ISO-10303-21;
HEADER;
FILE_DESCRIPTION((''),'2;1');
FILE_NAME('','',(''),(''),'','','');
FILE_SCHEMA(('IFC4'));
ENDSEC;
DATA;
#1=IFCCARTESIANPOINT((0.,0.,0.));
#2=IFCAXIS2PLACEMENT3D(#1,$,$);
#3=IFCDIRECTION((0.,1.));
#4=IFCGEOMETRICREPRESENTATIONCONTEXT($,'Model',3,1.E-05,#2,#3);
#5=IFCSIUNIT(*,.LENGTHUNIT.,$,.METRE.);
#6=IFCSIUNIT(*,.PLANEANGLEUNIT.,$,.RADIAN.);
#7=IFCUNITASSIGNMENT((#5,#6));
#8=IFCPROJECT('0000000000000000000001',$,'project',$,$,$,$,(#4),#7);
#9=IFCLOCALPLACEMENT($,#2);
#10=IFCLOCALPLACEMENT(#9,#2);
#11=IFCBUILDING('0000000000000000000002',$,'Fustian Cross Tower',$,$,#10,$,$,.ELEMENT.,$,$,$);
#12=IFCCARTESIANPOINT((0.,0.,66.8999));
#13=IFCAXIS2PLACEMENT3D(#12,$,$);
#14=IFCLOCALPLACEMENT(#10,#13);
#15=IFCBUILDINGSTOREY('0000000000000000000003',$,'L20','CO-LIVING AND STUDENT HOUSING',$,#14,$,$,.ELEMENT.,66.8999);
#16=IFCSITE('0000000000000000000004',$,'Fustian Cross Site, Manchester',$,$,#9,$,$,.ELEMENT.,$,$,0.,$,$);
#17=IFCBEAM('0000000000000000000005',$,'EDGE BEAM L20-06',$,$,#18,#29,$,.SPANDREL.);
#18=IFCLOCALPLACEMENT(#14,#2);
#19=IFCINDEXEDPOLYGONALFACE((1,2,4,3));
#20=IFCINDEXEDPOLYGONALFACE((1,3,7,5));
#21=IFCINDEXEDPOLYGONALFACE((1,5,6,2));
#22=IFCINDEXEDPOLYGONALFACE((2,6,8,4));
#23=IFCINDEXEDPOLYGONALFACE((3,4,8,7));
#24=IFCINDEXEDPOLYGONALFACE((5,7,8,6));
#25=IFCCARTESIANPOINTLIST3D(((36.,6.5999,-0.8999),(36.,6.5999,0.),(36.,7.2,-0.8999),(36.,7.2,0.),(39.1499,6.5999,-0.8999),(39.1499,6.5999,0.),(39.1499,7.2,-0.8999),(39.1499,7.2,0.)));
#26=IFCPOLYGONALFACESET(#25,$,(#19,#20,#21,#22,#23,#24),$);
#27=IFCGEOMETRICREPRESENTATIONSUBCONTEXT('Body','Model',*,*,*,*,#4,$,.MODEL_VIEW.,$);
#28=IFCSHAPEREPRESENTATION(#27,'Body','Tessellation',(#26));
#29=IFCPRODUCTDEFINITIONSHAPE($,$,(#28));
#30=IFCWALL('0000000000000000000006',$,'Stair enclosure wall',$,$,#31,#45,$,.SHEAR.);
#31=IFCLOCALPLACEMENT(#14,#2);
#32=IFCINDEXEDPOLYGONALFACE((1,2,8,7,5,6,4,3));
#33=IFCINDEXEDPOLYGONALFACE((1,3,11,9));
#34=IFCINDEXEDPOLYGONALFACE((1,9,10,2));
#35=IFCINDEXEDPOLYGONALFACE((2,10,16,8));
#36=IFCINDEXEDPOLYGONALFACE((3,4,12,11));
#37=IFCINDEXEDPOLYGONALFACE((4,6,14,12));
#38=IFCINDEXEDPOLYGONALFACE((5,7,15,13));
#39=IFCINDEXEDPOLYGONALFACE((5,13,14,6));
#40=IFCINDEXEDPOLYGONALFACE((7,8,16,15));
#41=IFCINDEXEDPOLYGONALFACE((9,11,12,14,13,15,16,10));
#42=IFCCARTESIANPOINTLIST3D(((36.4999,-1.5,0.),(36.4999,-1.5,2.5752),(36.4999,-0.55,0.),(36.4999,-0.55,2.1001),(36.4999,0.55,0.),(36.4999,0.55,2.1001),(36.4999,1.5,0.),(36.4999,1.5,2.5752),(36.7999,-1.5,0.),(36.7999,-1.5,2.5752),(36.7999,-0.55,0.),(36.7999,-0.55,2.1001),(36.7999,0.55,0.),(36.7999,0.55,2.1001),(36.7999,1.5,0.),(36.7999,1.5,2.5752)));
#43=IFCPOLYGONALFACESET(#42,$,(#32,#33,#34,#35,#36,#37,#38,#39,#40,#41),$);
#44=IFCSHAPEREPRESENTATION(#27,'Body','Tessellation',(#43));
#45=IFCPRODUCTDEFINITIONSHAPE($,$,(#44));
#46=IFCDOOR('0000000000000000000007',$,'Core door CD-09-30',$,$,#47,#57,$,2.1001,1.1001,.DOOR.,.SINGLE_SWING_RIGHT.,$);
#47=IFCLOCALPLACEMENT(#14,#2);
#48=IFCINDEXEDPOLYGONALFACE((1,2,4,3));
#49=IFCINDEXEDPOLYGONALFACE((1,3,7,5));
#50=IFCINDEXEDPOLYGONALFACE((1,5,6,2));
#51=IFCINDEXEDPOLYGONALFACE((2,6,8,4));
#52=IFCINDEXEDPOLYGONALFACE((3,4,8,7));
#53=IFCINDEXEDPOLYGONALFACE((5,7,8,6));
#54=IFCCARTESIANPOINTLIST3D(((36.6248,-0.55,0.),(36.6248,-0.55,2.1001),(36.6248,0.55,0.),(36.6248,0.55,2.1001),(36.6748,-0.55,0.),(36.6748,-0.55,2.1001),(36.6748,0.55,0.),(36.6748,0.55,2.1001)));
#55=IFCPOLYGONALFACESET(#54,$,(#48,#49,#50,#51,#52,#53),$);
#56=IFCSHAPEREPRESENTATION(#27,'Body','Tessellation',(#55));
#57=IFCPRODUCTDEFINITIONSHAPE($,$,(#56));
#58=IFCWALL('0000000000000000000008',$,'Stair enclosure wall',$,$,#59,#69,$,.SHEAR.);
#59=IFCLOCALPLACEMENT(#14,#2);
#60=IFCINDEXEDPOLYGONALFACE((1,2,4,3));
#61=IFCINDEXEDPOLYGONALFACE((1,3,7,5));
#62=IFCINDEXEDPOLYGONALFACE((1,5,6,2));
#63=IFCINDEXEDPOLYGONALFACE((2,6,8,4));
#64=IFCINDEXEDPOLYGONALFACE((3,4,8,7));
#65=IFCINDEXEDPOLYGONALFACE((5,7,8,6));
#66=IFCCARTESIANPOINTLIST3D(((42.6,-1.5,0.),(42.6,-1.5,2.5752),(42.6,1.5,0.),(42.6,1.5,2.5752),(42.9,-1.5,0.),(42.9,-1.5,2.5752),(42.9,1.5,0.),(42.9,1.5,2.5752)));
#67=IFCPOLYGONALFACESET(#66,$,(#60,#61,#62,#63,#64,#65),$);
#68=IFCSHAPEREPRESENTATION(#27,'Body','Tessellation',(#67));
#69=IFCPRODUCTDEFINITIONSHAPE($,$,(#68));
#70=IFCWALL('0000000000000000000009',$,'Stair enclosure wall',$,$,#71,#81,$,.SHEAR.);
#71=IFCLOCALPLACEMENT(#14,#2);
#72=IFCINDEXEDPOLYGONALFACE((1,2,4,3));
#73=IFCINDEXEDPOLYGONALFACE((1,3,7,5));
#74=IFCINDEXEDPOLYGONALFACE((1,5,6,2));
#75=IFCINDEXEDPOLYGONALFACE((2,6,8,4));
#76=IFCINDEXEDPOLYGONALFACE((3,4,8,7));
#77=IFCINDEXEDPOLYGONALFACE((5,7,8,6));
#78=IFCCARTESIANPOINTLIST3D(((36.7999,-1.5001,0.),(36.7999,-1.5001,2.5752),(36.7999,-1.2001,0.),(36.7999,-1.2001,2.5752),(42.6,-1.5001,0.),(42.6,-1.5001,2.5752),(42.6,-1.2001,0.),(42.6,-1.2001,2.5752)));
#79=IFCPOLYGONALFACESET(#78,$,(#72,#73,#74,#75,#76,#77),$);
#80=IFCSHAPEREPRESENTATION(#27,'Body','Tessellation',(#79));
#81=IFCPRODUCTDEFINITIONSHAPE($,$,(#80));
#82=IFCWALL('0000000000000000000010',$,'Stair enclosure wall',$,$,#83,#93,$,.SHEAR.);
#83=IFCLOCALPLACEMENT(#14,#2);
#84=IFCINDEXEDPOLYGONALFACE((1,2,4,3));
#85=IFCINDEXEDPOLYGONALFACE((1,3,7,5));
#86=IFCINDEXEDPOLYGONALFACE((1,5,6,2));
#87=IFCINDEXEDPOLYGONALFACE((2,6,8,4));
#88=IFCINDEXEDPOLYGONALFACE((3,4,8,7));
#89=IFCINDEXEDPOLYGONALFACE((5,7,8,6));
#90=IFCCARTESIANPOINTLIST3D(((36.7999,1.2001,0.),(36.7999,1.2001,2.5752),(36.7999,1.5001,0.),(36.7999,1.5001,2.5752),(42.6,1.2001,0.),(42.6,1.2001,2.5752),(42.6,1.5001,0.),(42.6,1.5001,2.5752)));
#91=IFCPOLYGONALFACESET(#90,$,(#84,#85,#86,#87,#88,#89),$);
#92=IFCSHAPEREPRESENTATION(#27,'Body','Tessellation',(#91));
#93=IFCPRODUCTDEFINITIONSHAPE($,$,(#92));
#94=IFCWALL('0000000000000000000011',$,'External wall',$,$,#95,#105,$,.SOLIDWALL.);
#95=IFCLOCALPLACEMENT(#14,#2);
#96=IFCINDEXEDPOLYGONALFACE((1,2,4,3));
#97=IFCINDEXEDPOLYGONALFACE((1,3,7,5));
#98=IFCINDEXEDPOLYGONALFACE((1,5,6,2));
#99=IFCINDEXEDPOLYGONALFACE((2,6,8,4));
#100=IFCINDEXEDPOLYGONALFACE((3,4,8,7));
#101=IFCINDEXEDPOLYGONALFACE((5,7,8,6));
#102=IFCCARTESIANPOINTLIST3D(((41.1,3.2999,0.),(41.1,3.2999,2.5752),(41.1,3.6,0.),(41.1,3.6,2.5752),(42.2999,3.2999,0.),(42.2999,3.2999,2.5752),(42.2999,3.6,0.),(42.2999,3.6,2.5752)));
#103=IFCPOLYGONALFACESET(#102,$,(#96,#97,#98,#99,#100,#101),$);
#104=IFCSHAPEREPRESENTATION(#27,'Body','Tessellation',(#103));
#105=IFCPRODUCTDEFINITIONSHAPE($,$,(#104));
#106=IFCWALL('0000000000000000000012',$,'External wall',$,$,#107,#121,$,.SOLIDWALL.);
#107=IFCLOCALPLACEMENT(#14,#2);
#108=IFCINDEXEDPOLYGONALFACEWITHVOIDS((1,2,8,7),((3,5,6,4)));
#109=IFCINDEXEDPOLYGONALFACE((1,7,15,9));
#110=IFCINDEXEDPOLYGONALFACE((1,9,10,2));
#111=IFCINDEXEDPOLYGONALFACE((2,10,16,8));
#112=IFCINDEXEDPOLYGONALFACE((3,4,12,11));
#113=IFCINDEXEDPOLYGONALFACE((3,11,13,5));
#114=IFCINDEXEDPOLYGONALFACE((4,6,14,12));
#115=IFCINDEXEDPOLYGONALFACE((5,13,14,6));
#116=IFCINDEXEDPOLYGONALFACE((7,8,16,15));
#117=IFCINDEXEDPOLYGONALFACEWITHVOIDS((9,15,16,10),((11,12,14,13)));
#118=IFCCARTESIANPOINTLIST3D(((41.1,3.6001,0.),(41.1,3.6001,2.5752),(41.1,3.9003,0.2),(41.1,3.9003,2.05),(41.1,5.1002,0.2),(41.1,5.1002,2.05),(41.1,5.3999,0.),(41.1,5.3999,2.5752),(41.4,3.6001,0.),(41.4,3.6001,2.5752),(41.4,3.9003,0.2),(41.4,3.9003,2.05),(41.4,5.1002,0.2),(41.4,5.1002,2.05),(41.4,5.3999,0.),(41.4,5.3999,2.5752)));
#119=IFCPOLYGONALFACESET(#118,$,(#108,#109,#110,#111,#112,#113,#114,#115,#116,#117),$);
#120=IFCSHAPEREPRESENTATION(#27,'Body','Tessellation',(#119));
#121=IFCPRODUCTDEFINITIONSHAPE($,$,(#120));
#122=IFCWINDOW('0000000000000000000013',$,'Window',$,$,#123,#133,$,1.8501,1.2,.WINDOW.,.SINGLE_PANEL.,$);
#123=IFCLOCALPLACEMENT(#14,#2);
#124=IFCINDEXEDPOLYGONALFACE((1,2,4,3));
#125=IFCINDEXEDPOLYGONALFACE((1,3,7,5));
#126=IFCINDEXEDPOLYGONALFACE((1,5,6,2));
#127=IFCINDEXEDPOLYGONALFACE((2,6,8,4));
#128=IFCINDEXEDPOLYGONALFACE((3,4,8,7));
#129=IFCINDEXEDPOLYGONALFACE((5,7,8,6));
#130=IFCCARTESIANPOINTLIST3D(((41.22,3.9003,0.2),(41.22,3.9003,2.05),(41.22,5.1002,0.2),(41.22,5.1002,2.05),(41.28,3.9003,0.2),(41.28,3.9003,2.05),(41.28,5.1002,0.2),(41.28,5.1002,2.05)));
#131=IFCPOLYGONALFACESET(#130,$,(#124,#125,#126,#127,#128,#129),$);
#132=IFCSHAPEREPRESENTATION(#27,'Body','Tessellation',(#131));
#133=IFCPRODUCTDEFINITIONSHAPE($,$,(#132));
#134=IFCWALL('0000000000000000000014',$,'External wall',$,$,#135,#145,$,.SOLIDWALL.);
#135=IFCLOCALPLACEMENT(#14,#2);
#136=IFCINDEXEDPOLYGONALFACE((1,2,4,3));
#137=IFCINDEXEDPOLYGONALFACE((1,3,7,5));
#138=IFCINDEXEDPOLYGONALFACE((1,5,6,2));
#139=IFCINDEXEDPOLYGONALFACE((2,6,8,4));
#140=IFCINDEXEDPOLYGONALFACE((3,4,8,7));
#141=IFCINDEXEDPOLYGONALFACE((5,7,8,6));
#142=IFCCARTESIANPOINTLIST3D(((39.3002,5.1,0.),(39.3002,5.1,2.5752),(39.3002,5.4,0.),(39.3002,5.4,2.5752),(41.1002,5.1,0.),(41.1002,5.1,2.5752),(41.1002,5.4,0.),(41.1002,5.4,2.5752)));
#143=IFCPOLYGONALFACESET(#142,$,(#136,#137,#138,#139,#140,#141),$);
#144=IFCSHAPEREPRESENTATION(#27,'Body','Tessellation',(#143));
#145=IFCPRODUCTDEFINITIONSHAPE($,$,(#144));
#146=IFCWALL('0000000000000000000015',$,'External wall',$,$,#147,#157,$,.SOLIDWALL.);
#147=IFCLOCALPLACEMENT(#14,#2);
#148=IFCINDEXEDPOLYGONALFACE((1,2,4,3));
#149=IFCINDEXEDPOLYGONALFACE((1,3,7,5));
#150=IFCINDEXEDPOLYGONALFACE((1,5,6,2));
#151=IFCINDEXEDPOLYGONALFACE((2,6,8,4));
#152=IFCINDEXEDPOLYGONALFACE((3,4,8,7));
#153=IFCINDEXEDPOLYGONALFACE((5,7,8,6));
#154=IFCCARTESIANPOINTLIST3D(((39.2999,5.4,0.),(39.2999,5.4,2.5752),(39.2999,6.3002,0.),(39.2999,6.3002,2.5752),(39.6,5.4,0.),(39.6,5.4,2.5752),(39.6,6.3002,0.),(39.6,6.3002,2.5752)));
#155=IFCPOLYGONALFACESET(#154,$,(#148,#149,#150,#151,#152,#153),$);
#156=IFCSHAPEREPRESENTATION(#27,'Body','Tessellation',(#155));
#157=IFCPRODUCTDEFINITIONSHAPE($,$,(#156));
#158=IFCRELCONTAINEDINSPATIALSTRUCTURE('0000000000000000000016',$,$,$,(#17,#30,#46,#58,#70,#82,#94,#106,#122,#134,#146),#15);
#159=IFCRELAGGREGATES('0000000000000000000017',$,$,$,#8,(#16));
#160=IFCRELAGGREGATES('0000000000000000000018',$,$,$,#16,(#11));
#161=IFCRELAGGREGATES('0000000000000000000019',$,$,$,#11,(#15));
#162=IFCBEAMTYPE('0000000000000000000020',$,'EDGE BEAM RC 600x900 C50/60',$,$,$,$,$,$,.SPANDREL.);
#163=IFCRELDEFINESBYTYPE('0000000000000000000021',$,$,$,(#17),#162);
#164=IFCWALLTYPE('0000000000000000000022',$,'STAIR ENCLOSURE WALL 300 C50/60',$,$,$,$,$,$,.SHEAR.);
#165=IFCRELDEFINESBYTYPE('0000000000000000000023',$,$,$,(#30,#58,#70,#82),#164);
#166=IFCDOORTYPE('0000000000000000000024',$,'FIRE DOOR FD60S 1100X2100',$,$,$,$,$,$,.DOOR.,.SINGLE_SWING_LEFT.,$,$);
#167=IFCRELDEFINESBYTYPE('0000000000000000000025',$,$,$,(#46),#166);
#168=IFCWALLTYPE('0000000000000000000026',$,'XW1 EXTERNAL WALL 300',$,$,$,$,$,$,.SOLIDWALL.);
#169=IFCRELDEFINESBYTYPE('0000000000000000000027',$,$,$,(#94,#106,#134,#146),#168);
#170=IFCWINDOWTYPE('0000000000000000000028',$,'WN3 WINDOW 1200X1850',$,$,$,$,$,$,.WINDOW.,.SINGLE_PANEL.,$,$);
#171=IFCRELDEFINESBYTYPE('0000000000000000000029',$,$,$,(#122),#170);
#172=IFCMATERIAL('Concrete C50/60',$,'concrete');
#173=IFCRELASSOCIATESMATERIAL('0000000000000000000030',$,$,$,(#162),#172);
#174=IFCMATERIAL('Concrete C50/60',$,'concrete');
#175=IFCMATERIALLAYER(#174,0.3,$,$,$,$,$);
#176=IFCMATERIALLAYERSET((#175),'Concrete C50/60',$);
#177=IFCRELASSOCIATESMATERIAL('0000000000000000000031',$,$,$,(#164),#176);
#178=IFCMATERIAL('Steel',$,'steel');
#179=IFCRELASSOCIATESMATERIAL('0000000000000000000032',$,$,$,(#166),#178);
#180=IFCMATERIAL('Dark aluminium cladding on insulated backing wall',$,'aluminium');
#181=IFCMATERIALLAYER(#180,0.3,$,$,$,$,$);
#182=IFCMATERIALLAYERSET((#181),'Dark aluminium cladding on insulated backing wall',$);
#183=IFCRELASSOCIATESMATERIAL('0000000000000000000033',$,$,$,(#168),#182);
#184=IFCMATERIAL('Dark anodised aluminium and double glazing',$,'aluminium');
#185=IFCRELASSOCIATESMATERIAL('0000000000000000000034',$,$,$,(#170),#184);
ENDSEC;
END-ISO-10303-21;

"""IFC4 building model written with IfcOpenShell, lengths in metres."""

from ifc_helpers import new_model, si_unit, direction, frame, frame_2d, origin, origin_2d, place, context, subcontext, project, spatial, rectangle, extrude, material, layer, layer_set, material_profile, profile_set, type_object, element, fill, save


model = new_model("IFC4")

# Units and contexts
model_context = context("Model", 3, precision=1e-05, world=origin(), true_north=direction((0.0, 1.0)))
body_context = subcontext(model_context, "Body", "Model", "MODEL_VIEW")
ifc_project = project(units=[si_unit("LENGTHUNIT", "METRE"), si_unit("PLANEANGLEUNIT", "RADIAN")], contexts=[model_context])

# Site, building, storey
site_placement = place(None, origin())
site = spatial("IfcSite", under=ifc_project, at=site_placement, Name="Fustian Cross Site, Manchester", CompositionType="ELEMENT", RefElevation=0.0)
building_placement = place(site_placement, origin())
building = spatial("IfcBuilding", under=site, at=building_placement, Name="Fustian Cross Tower", CompositionType="ELEMENT")
storey_placement = place(building_placement, frame((0.0, 0.0, 66.8999)))
storey = spatial("IfcBuildingStorey", under=building, at=storey_placement, Name="L20", Description="CO-LIVING AND STUDENT HOUSING", CompositionType="ELEMENT", Elevation=66.8999)

# Beam
ifc_material_1 = material(Name="Concrete C50/60", Category="concrete")
ifc_material_profile_1 = material_profile(ifc_material_1, rectangle(XDim=0.6001, YDim=0.8999, at=origin_2d()), Name="RC 600x900")
ifc_profile_set_1 = profile_set([ifc_material_profile_1], Name="Concrete C50/60")
beam_type = type_object("IfcBeamType", Name="EDGE BEAM RC 600x900 C50/60", PredefinedType="SPANDREL", material=ifc_profile_set_1)
beam_placement = place(storey_placement, frame((39.1499, 6.8999, -0.45), z_axis=(-1.0, 0.0, 0.0), x_axis=(0.0, -1.0, 0.0)))
element("IfcBeam", 1, at=beam_placement, inside=storey, type_object=beam_type, Name="EDGE BEAM L20-06", PredefinedType="SPANDREL", context=body_context, shape_type="SweptSolid", body=[
    extrude(rectangle(XDim=0.6001, YDim=0.8999, at=origin_2d()), origin(), (0.0, 0.0, 1.0), 3.1499),
])

# Wall, opening, door
ifc_material_2 = material(Name="Concrete C50/60", Category="concrete")
ifc_layer_1 = layer(ifc_material_2, 0.3)
ifc_layer_set_1 = layer_set([ifc_layer_1], Name="Concrete C50/60")
wall_type_1 = type_object("IfcWallType", Name="STAIR ENCLOSURE WALL 300 C50/60", PredefinedType="SHEAR", material=ifc_layer_set_1)
wall_1_placement = place(storey_placement, frame((36.6499, -1.5, 0.0), z_axis=(0.0, 0.0, 1.0), x_axis=(0.0, 1.0, 0.0)))
wall_1 = element("IfcWall", 2, at=wall_1_placement, inside=storey, type_object=wall_type_1, Name="Stair enclosure wall", PredefinedType="SHEAR", context=body_context, shape_type="SweptSolid", body=[
    extrude(rectangle(XDim=3.0, YDim=0.3, at=frame_2d((1.5, 0.0))), origin(), (0.0, 0.0, 1.0), 2.5752),
])
opening_1_placement = place(wall_1_placement, frame((0.95, 0.0, 0.0)))
opening_1 = element("IfcOpeningElement", 3, at=opening_1_placement, cuts=wall_1, PredefinedType="OPENING", context=body_context, shape_type="SweptSolid", body=[
    extrude(rectangle(XDim=1.1001, YDim=2.1001, at=frame_2d((0.55, 1.05))), frame((0.0, 0.1599, 0.0), z_axis=(0.0, -1.0, 0.0), x_axis=(1.0, 0.0, 0.0)), (0.0, 0.0, 1.0), 0.3201),
])
ifc_material_3 = material(Name="Steel", Category="steel")
door_type = type_object("IfcDoorType", Name="FIRE DOOR FD60S 1100X2100", OperationType="SINGLE_SWING_LEFT", PredefinedType="DOOR", material=ifc_material_3)
door_placement = place(opening_1_placement, frame((1.1001, 0.0, 0.0), z_axis=(0.0, 0.0, 1.0), x_axis=(-1.0, 0.0, 0.0)))
door = element("IfcDoor", 4, at=door_placement, inside=storey, type_object=door_type, Name="Core door CD-09-30", OperationType="SINGLE_SWING_RIGHT", OverallHeight=2.1001, OverallWidth=1.1001, PredefinedType="DOOR", context=body_context, shape_type="SweptSolid", body=[
    extrude(rectangle(XDim=1.1001, YDim=2.1001, at=frame_2d((0.55, 1.05))), frame((0.0, 0.0249, 0.0), z_axis=(0.0, -1.0, 0.0), x_axis=(1.0, 0.0, 0.0)), (0.0, 0.0, 1.0), 0.05),
])
fill(opening_1, door)

# Walls
wall_2_placement = place(storey_placement, frame((42.75, -1.5, 0.0), z_axis=(0.0, 0.0, 1.0), x_axis=(0.0, 1.0, 0.0)))
element("IfcWall", 5, at=wall_2_placement, inside=storey, type_object=wall_type_1, Name="Stair enclosure wall", PredefinedType="SHEAR", context=body_context, shape_type="SweptSolid", body=[
    extrude(rectangle(XDim=3.0, YDim=0.3, at=frame_2d((1.5, 0.0))), origin(), (0.0, 0.0, 1.0), 2.5752),
])
for number, where, z_axis, x_axis, name in (
    (6, (36.8, -1.3501, 0.0), (0.0, 0.0, 1.0), (1.0, 0.0, 0.0), "Stair enclosure wall"),
    (7, (36.8, 1.3501, 0.0), (0.0, 0.0, 1.0), (1.0, 0.0, 0.0), "Stair enclosure wall"),
):
    element("IfcWall", number, at=place(storey_placement, frame(where, z_axis=z_axis, x_axis=x_axis)), inside=storey, type_object=wall_type_1, Name=name, PredefinedType="SHEAR", context=body_context, shape_type="SweptSolid", body=[
        extrude(rectangle(XDim=5.8, YDim=0.3, at=frame_2d((2.8999, 0.0))), origin(), (0.0, 0.0, 1.0), 2.5752),
    ])
ifc_material_4 = material(Name="Dark aluminium cladding on insulated backing wall", Category="aluminium")
ifc_layer_2 = layer(ifc_material_4, 0.3)
ifc_layer_set_2 = layer_set([ifc_layer_2], Name="Dark aluminium cladding on insulated backing wall")
wall_type_2 = type_object("IfcWallType", Name="XW1 EXTERNAL WALL 300", PredefinedType="SOLIDWALL", material=ifc_layer_set_2)
wall_3_placement = place(storey_placement, frame((42.3, 3.45, 0.0), z_axis=(0.0, 0.0, 1.0), x_axis=(-1.0, 0.0, 0.0)))
element("IfcWall", 8, at=wall_3_placement, inside=storey, type_object=wall_type_2, Name="External wall", PredefinedType="SOLIDWALL", context=body_context, shape_type="SweptSolid", body=[
    extrude(rectangle(XDim=1.2, YDim=0.3, at=frame_2d((0.6001, 0.0))), origin(), (0.0, 0.0, 1.0), 2.5752),
])

# Wall, opening, window
wall_4_placement = place(storey_placement, frame((41.25, 3.6001, 0.0), z_axis=(0.0, 0.0, 1.0), x_axis=(0.0, 1.0, 0.0)))
wall_4 = element("IfcWall", 9, at=wall_4_placement, inside=storey, type_object=wall_type_2, Name="External wall", PredefinedType="SOLIDWALL", context=body_context, shape_type="SweptSolid", body=[
    extrude(rectangle(XDim=1.7998, YDim=0.3, at=frame_2d((0.8999, 0.0))), origin(), (0.0, 0.0, 1.0), 2.5752),
])
opening_2_placement = place(wall_4_placement, frame((0.3, 0.0, 0.2)))
opening_2 = element("IfcOpeningElement", 10, at=opening_2_placement, cuts=wall_4, PredefinedType="OPENING", context=body_context, shape_type="SweptSolid", body=[
    extrude(rectangle(XDim=1.2, YDim=1.8501, at=frame_2d((0.6001, 0.925))), frame((0.0, 0.1599, 0.0), z_axis=(0.0, -1.0, 0.0), x_axis=(1.0, 0.0, 0.0)), (0.0, 0.0, 1.0), 0.3201),
])
ifc_material_5 = material(Name="Dark anodised aluminium and double glazing", Category="aluminium")
window_type = type_object("IfcWindowType", Name="WN3 WINDOW 1200X1850", PartitioningType="SINGLE_PANEL", PredefinedType="WINDOW", material=ifc_material_5)
window_1_placement = place(opening_2_placement, origin())
window_1 = element("IfcWindow", 11, at=window_1_placement, inside=storey, type_object=window_type, Name="Window", OverallHeight=1.8501, OverallWidth=1.2, PartitioningType="SINGLE_PANEL", PredefinedType="WINDOW", context=body_context, shape_type="SweptSolid", body=[
    extrude(rectangle(XDim=1.2, YDim=1.8501, at=frame_2d((0.6001, 0.925))), frame((0.0, 0.03, 0.0), z_axis=(0.0, -1.0, 0.0), x_axis=(1.0, 0.0, 0.0)), (0.0, 0.0, 1.0), 0.0601),
])
fill(opening_2, window_1)

# Walls
wall_5_placement = place(storey_placement, frame((41.1001, 5.25, 0.0), z_axis=(0.0, 0.0, 1.0), x_axis=(-1.0, 0.0, 0.0)))
element("IfcWall", 12, at=wall_5_placement, inside=storey, type_object=wall_type_2, Name="External wall", PredefinedType="SOLIDWALL", context=body_context, shape_type="SweptSolid", body=[
    extrude(rectangle(XDim=1.8, YDim=0.3, at=frame_2d((0.8999, 0.0))), origin(), (0.0, 0.0, 1.0), 2.5752),
])
wall_6_placement = place(storey_placement, frame((39.45, 5.3999, 0.0), z_axis=(0.0, 0.0, 1.0), x_axis=(0.0, 1.0, 0.0)))
element("IfcWall", 13, at=wall_6_placement, inside=storey, type_object=wall_type_2, Name="External wall", PredefinedType="SOLIDWALL", context=body_context, shape_type="SweptSolid", body=[
    extrude(rectangle(XDim=0.9001, YDim=0.3, at=frame_2d((0.4502, 0.0))), origin(), (0.0, 0.0, 1.0), 2.5752),
])

save(model, "model.ifc")
